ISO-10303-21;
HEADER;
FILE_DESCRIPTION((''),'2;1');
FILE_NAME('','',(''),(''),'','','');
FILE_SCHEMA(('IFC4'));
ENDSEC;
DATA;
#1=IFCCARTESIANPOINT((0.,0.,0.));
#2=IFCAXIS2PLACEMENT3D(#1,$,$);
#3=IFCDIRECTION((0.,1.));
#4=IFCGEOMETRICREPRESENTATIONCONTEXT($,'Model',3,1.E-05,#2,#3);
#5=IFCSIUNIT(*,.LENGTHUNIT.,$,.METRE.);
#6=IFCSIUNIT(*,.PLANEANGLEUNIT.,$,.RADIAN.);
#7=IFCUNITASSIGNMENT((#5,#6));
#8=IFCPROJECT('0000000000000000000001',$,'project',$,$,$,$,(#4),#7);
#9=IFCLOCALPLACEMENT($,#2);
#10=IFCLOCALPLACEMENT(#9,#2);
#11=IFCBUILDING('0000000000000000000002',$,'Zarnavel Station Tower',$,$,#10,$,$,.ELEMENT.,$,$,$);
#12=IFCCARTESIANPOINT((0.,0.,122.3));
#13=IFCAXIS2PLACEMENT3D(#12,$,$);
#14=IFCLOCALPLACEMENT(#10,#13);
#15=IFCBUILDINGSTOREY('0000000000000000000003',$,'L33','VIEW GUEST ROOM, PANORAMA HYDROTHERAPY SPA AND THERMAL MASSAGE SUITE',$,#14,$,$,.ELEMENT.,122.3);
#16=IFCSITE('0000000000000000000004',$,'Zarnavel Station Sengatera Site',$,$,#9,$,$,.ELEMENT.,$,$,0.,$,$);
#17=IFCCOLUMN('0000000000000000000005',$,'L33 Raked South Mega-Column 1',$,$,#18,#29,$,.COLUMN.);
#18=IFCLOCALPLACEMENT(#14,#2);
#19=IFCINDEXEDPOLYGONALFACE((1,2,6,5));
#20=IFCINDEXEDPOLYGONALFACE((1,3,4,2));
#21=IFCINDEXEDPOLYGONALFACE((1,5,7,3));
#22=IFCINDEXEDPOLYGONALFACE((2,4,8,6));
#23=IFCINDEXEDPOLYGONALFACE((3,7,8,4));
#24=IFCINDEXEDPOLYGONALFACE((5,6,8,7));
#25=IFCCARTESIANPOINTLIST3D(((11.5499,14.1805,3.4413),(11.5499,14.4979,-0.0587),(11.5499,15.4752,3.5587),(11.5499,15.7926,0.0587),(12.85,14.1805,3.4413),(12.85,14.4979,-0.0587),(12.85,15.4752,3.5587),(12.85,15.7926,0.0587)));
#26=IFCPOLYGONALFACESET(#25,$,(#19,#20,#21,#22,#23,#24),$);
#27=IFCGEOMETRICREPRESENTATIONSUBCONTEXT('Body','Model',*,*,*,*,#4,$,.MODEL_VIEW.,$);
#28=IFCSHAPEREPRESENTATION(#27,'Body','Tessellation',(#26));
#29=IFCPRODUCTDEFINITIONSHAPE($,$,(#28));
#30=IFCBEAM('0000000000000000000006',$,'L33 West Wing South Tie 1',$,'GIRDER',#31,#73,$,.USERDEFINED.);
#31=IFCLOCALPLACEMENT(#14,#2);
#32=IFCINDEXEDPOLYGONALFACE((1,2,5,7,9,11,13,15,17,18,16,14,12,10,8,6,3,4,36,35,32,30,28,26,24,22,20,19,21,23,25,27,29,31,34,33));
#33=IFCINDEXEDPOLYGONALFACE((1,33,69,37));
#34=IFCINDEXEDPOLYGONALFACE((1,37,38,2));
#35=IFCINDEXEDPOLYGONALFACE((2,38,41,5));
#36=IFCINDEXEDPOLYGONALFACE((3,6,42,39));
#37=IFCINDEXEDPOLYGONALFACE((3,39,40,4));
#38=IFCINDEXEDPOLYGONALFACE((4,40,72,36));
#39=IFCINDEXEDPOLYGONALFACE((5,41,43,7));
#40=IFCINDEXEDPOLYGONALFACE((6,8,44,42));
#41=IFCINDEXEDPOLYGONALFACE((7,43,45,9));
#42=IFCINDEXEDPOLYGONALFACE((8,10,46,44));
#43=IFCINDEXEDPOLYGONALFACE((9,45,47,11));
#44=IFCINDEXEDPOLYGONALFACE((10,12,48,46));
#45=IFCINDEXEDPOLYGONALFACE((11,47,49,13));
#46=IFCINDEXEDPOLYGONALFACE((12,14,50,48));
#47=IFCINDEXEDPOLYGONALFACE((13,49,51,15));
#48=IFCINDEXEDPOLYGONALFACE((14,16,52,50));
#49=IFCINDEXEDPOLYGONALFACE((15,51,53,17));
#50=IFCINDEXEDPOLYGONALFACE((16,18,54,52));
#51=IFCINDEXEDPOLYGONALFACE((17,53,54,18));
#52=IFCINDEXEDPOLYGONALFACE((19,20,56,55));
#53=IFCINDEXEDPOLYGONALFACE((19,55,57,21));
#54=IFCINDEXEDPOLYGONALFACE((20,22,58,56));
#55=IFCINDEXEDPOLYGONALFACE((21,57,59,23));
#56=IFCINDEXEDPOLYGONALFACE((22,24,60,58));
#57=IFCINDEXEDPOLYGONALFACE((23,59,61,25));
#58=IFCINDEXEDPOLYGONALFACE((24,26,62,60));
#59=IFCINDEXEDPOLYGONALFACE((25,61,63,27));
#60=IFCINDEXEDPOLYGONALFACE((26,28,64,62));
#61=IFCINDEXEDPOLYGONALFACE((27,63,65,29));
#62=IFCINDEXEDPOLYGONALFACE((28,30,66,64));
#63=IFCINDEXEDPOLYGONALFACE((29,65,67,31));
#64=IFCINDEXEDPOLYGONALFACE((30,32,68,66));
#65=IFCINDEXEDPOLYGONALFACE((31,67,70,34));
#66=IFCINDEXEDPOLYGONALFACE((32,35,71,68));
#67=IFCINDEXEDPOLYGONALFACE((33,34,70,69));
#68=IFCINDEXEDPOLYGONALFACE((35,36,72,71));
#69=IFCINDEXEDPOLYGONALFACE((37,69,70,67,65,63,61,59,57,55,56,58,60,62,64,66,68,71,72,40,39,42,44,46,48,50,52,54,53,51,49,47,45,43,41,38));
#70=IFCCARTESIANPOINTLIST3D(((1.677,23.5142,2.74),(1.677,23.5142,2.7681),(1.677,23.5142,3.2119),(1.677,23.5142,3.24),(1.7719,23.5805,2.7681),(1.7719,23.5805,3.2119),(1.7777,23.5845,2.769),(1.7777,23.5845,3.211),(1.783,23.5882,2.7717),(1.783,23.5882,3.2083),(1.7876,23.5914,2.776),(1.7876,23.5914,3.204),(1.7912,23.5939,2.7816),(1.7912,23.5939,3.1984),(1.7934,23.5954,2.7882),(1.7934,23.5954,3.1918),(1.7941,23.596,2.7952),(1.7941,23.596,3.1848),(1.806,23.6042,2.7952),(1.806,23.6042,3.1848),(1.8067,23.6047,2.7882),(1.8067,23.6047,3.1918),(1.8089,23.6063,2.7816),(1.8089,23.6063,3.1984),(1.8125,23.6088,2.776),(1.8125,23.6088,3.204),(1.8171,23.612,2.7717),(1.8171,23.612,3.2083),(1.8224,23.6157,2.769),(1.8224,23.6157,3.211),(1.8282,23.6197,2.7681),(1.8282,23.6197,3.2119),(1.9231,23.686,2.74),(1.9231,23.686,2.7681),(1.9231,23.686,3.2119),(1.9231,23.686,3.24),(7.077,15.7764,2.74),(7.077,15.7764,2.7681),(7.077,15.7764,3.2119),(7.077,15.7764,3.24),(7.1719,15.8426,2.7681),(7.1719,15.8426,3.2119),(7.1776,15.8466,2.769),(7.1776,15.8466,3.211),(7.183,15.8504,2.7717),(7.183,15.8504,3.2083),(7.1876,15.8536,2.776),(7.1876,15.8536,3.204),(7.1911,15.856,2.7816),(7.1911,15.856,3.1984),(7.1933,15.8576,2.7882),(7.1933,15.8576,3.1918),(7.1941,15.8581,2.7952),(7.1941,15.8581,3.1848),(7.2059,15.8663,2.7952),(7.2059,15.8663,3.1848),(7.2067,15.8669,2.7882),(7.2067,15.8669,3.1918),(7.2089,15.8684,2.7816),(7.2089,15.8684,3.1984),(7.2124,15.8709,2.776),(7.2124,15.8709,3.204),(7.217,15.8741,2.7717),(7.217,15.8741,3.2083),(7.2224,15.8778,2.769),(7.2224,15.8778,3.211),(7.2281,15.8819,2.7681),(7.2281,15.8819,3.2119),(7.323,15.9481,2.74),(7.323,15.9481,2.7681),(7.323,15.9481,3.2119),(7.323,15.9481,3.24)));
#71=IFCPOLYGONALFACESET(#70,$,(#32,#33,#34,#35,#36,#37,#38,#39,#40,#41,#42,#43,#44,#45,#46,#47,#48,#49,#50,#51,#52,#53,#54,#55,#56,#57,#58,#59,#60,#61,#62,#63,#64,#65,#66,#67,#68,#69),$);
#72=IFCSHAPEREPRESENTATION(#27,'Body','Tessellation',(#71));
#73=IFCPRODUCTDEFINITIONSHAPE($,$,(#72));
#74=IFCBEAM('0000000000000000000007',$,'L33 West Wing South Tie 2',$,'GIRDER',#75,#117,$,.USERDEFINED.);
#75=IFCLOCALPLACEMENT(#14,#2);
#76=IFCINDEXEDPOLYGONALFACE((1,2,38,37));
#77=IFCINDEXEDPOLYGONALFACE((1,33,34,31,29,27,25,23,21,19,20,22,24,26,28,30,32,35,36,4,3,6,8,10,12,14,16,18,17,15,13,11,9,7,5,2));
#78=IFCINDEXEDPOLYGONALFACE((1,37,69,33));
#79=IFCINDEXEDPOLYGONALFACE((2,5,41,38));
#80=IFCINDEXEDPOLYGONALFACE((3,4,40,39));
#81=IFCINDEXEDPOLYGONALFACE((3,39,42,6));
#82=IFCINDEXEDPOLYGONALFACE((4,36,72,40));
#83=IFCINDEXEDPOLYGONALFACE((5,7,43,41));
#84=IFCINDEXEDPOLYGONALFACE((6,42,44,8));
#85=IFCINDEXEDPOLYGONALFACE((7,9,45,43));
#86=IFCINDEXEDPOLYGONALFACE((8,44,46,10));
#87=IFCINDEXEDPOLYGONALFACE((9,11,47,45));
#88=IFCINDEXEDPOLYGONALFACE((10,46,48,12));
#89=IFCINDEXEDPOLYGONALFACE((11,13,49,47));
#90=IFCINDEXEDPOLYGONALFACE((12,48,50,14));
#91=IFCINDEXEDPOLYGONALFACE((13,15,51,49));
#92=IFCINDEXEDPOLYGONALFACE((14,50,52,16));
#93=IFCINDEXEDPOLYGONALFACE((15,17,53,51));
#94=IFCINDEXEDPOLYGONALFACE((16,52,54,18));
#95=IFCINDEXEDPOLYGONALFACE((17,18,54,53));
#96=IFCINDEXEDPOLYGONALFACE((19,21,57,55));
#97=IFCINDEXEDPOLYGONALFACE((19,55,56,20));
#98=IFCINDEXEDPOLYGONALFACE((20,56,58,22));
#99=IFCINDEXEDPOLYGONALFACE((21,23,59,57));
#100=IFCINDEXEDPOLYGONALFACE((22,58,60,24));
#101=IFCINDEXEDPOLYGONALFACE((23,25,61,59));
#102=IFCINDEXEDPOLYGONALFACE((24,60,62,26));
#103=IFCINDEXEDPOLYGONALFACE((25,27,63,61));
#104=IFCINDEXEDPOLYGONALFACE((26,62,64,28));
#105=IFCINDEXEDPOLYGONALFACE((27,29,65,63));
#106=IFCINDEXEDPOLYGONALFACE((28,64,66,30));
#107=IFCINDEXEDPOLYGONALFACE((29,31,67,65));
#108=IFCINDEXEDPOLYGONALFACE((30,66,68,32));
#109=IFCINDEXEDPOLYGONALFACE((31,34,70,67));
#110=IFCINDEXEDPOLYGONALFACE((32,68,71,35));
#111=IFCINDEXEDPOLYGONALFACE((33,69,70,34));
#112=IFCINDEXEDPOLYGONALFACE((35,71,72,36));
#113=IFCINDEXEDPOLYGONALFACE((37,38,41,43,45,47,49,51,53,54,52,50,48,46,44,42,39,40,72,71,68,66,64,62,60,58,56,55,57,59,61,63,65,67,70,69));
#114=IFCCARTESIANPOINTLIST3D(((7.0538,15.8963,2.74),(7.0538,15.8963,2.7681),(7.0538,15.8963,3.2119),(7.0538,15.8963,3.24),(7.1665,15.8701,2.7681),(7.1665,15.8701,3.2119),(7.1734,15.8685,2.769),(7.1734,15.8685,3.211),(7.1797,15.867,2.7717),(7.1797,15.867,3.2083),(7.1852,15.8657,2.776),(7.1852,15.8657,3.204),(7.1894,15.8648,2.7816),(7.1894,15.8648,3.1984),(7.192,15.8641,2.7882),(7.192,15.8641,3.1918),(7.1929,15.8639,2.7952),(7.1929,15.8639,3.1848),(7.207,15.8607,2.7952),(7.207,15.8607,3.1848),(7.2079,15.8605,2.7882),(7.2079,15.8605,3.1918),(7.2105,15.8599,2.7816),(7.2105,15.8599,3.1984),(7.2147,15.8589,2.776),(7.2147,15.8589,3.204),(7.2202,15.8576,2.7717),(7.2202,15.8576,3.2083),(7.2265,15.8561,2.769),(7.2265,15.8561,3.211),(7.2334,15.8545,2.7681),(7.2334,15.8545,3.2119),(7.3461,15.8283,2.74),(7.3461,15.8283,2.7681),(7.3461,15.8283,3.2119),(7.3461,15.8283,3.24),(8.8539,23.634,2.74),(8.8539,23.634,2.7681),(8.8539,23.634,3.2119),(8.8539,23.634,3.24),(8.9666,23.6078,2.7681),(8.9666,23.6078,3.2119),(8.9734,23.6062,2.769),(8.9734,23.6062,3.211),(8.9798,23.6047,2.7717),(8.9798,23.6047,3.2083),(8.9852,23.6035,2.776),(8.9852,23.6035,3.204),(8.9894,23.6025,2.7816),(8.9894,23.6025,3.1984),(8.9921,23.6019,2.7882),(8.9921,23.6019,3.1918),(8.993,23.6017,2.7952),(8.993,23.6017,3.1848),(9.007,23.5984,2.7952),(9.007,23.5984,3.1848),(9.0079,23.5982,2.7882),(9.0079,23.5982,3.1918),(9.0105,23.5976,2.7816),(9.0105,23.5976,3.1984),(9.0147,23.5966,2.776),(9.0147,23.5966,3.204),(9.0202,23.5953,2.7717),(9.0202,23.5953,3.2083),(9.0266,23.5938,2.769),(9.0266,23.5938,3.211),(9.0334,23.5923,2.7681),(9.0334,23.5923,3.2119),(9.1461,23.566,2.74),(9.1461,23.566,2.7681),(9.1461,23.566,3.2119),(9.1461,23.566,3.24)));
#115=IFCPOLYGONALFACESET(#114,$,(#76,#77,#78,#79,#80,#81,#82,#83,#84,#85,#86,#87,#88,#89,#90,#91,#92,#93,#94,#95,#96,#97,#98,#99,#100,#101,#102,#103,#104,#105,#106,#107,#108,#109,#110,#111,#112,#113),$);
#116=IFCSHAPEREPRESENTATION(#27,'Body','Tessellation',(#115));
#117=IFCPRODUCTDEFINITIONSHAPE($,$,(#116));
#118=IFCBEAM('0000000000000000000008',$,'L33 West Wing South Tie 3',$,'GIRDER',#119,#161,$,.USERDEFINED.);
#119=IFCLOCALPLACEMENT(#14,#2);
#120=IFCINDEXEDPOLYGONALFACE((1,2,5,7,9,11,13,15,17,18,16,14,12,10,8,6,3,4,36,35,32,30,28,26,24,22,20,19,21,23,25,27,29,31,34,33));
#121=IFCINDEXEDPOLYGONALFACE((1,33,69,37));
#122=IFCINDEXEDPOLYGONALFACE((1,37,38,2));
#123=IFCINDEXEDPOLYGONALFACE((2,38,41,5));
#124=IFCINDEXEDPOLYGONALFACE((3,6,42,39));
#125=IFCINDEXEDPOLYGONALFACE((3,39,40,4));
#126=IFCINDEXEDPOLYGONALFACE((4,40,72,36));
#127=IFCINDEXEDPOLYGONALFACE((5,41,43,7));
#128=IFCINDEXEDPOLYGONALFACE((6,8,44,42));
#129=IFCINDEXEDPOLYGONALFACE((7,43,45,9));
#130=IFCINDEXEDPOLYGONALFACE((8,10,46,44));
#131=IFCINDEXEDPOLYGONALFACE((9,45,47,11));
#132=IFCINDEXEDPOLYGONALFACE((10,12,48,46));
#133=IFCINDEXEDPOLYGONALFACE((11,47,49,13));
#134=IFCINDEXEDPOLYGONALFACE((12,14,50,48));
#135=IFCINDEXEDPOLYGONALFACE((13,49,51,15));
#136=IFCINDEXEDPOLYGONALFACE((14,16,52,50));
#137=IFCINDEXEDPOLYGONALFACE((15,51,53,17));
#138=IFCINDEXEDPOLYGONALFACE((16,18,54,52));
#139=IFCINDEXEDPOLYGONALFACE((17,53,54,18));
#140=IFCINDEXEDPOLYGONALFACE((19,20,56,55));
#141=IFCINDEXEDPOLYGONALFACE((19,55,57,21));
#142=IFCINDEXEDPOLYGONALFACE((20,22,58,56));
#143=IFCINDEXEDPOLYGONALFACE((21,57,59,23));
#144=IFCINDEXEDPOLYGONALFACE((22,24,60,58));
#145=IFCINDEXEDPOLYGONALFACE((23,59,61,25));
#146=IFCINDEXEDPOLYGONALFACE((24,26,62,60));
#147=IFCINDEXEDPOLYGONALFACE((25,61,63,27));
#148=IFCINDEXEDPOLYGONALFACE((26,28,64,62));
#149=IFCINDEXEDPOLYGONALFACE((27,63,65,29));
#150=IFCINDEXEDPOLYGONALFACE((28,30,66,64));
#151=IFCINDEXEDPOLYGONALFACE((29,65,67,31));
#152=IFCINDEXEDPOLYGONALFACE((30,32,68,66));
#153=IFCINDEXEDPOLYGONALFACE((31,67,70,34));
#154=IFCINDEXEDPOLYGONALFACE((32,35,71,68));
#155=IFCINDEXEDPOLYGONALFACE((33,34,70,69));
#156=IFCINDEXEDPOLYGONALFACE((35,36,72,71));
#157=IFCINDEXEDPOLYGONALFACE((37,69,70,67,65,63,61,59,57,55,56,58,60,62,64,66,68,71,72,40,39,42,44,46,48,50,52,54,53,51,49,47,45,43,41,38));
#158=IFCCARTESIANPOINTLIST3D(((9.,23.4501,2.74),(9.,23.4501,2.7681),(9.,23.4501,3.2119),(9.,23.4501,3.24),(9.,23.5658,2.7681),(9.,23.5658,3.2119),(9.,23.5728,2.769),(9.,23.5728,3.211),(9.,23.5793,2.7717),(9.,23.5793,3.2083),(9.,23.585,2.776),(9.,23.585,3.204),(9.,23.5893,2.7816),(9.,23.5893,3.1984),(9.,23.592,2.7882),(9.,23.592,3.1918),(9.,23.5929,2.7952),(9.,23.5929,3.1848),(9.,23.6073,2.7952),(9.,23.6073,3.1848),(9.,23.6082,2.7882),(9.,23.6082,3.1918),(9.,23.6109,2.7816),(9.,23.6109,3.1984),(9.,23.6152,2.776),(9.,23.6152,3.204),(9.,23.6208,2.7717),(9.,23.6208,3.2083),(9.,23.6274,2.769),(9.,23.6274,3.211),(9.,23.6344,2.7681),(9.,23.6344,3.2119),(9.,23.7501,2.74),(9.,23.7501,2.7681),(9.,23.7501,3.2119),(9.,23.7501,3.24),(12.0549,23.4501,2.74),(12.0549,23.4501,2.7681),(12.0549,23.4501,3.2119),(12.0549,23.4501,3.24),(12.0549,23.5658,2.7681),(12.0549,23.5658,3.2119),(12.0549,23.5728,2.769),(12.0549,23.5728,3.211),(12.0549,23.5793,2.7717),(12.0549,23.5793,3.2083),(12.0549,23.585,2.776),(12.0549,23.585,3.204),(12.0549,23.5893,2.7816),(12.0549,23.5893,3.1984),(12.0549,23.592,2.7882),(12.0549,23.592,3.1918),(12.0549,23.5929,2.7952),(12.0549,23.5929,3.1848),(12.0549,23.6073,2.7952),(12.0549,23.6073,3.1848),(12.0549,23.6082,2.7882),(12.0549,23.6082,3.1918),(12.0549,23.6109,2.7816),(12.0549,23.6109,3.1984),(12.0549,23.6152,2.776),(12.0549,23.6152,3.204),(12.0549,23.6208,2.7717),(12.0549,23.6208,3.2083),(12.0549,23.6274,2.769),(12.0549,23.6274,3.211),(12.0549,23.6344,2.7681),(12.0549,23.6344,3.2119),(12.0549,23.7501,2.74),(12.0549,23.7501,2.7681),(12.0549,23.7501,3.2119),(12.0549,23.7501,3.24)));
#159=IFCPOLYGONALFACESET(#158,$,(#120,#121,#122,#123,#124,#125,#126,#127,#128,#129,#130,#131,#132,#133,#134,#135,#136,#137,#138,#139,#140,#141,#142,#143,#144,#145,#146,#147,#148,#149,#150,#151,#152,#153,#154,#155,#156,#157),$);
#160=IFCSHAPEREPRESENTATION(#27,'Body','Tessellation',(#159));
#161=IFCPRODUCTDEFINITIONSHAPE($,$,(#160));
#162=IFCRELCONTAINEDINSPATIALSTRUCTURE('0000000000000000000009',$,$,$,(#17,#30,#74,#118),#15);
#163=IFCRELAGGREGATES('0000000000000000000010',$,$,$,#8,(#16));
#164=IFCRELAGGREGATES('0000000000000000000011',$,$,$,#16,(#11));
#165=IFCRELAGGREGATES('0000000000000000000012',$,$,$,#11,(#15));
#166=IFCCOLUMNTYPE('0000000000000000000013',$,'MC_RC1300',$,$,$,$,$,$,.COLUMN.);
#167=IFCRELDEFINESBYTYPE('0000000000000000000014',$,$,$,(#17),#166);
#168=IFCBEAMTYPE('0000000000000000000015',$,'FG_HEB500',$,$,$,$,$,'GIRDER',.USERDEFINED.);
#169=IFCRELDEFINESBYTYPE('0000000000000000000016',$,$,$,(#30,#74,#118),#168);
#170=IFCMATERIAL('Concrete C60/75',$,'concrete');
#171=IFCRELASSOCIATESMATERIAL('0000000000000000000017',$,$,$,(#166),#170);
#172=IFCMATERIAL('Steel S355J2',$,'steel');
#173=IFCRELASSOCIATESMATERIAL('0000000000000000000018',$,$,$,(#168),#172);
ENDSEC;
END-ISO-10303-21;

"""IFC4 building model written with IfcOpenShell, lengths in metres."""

from ifc_helpers import new_model, si_unit, direction, frame, origin, origin_2d, place, context, subcontext, project, spatial, rectangle, i_section, extrude, material, material_profile, profile_set, type_object, element, save


model = new_model("IFC4")

# Units and contexts
model_context = context("Model", 3, precision=1e-05, world=origin(), true_north=direction((0.0, 1.0)))
body_context = subcontext(model_context, "Body", "Model", "MODEL_VIEW")
ifc_project = project(units=[si_unit("LENGTHUNIT", "METRE"), si_unit("PLANEANGLEUNIT", "RADIAN")], contexts=[model_context])

# Site, building, storey
site_placement = place(None, origin())
site = spatial("IfcSite", under=ifc_project, at=site_placement, Name="Zarnavel Station Sengatera Site", CompositionType="ELEMENT", RefElevation=0.0)
building_placement = place(site_placement, origin())
building = spatial("IfcBuilding", under=site, at=building_placement, Name="Zarnavel Station Tower", CompositionType="ELEMENT")
storey_placement = place(building_placement, frame((0.0, 0.0, 122.3)))
storey = spatial("IfcBuildingStorey", under=building, at=storey_placement, Name="L33", Description="VIEW GUEST ROOM, PANORAMA HYDROTHERAPY SPA AND THERMAL MASSAGE SUITE", CompositionType="ELEMENT", Elevation=122.3)

# Column
ifc_material_1 = material(Name="Concrete C60/75", Category="concrete")
ifc_material_profile_1 = material_profile(ifc_material_1, rectangle(XDim=1.3, YDim=1.3, at=origin_2d()), Name="RC1300x1300")
ifc_profile_set_1 = profile_set([ifc_material_profile_1], Name="Concrete C60/75")
column_type_1 = type_object("IfcColumnType", Name="MC_RC1300", PredefinedType="COLUMN", material=ifc_profile_set_1)
column_1_placement = place(storey_placement, frame((12.2, 15.1453, 0.0), z_axis=(0.0, -0.09031, 0.995914), x_axis=(1.0, 0.0, 0.0)))
element("IfcColumn", 1, at=column_1_placement, inside=storey, type_object=column_type_1, Name="L33 Raked South Mega-Column 1", PredefinedType="COLUMN", context=body_context, shape_type="SweptSolid", body=[
    extrude(rectangle(XDim=1.3, YDim=1.3, at=origin_2d()), origin(), (0.0, 0.0, 1.0), 3.5144),
])

# Beams
ifc_material_2 = material(Name="Steel S355J2", Category="steel")
ifc_material_profile_2 = material_profile(ifc_material_2, i_section(OverallWidth=0.3, OverallDepth=0.5, WebThickness=0.0144, FlangeThickness=0.0281, FilletRadius=0.0271, at=origin_2d()), Name="HEB500")
ifc_profile_set_2 = profile_set([ifc_material_profile_2], Name="Steel S355J2")
beam_type_1 = type_object("IfcBeamType", Name="FG_HEB500", ElementType="GIRDER", PredefinedType="USERDEFINED", material=ifc_profile_set_2)
beam_1_placement = place(storey_placement, frame((1.8, 23.6001, 2.99), z_axis=(0.572284, -0.820055, 0.0), x_axis=(0.820055, 0.572284, 0.0)))
element("IfcBeam", 2, at=beam_1_placement, inside=storey, type_object=beam_type_1, Name="L33 West Wing South Tie 1", ObjectType="GIRDER", PredefinedType="USERDEFINED", context=body_context, shape_type="SweptSolid", body=[
    extrude(i_section(OverallWidth=0.3, OverallDepth=0.5, WebThickness=0.0144, FlangeThickness=0.0281, FilletRadius=0.0271, at=origin_2d()), origin(), (0.0, 0.0, 1.0), 9.4358),
])
beam_2_placement = place(storey_placement, frame((7.2, 15.8623, 2.99), z_axis=(0.226581, 0.973992, 0.0), x_axis=(-0.973992, 0.226581, 0.0)))
element("IfcBeam", 3, at=beam_2_placement, inside=storey, type_object=beam_type_1, Name="L33 West Wing South Tie 2", ObjectType="GIRDER", PredefinedType="USERDEFINED", context=body_context, shape_type="SweptSolid", body=[
    extrude(i_section(OverallWidth=0.3, OverallDepth=0.5, WebThickness=0.0144, FlangeThickness=0.0281, FilletRadius=0.0271, at=origin_2d()), origin(), (0.0, 0.0, 1.0), 7.9443),
])
beam_3_placement = place(storey_placement, frame((9.0, 23.6001, 2.99), z_axis=(1.0, 0.0, 0.0), x_axis=(0.0, 1.0, 0.0)))
element("IfcBeam", 4, at=beam_3_placement, inside=storey, type_object=beam_type_1, Name="L33 West Wing South Tie 3", ObjectType="GIRDER", PredefinedType="USERDEFINED", context=body_context, shape_type="SweptSolid", body=[
    extrude(i_section(OverallWidth=0.3, OverallDepth=0.5, WebThickness=0.0144, FlangeThickness=0.0281, FilletRadius=0.0271, at=origin_2d()), origin(), (0.0, 0.0, 1.0), 3.0549),
])

save(model, "model.ifc")
